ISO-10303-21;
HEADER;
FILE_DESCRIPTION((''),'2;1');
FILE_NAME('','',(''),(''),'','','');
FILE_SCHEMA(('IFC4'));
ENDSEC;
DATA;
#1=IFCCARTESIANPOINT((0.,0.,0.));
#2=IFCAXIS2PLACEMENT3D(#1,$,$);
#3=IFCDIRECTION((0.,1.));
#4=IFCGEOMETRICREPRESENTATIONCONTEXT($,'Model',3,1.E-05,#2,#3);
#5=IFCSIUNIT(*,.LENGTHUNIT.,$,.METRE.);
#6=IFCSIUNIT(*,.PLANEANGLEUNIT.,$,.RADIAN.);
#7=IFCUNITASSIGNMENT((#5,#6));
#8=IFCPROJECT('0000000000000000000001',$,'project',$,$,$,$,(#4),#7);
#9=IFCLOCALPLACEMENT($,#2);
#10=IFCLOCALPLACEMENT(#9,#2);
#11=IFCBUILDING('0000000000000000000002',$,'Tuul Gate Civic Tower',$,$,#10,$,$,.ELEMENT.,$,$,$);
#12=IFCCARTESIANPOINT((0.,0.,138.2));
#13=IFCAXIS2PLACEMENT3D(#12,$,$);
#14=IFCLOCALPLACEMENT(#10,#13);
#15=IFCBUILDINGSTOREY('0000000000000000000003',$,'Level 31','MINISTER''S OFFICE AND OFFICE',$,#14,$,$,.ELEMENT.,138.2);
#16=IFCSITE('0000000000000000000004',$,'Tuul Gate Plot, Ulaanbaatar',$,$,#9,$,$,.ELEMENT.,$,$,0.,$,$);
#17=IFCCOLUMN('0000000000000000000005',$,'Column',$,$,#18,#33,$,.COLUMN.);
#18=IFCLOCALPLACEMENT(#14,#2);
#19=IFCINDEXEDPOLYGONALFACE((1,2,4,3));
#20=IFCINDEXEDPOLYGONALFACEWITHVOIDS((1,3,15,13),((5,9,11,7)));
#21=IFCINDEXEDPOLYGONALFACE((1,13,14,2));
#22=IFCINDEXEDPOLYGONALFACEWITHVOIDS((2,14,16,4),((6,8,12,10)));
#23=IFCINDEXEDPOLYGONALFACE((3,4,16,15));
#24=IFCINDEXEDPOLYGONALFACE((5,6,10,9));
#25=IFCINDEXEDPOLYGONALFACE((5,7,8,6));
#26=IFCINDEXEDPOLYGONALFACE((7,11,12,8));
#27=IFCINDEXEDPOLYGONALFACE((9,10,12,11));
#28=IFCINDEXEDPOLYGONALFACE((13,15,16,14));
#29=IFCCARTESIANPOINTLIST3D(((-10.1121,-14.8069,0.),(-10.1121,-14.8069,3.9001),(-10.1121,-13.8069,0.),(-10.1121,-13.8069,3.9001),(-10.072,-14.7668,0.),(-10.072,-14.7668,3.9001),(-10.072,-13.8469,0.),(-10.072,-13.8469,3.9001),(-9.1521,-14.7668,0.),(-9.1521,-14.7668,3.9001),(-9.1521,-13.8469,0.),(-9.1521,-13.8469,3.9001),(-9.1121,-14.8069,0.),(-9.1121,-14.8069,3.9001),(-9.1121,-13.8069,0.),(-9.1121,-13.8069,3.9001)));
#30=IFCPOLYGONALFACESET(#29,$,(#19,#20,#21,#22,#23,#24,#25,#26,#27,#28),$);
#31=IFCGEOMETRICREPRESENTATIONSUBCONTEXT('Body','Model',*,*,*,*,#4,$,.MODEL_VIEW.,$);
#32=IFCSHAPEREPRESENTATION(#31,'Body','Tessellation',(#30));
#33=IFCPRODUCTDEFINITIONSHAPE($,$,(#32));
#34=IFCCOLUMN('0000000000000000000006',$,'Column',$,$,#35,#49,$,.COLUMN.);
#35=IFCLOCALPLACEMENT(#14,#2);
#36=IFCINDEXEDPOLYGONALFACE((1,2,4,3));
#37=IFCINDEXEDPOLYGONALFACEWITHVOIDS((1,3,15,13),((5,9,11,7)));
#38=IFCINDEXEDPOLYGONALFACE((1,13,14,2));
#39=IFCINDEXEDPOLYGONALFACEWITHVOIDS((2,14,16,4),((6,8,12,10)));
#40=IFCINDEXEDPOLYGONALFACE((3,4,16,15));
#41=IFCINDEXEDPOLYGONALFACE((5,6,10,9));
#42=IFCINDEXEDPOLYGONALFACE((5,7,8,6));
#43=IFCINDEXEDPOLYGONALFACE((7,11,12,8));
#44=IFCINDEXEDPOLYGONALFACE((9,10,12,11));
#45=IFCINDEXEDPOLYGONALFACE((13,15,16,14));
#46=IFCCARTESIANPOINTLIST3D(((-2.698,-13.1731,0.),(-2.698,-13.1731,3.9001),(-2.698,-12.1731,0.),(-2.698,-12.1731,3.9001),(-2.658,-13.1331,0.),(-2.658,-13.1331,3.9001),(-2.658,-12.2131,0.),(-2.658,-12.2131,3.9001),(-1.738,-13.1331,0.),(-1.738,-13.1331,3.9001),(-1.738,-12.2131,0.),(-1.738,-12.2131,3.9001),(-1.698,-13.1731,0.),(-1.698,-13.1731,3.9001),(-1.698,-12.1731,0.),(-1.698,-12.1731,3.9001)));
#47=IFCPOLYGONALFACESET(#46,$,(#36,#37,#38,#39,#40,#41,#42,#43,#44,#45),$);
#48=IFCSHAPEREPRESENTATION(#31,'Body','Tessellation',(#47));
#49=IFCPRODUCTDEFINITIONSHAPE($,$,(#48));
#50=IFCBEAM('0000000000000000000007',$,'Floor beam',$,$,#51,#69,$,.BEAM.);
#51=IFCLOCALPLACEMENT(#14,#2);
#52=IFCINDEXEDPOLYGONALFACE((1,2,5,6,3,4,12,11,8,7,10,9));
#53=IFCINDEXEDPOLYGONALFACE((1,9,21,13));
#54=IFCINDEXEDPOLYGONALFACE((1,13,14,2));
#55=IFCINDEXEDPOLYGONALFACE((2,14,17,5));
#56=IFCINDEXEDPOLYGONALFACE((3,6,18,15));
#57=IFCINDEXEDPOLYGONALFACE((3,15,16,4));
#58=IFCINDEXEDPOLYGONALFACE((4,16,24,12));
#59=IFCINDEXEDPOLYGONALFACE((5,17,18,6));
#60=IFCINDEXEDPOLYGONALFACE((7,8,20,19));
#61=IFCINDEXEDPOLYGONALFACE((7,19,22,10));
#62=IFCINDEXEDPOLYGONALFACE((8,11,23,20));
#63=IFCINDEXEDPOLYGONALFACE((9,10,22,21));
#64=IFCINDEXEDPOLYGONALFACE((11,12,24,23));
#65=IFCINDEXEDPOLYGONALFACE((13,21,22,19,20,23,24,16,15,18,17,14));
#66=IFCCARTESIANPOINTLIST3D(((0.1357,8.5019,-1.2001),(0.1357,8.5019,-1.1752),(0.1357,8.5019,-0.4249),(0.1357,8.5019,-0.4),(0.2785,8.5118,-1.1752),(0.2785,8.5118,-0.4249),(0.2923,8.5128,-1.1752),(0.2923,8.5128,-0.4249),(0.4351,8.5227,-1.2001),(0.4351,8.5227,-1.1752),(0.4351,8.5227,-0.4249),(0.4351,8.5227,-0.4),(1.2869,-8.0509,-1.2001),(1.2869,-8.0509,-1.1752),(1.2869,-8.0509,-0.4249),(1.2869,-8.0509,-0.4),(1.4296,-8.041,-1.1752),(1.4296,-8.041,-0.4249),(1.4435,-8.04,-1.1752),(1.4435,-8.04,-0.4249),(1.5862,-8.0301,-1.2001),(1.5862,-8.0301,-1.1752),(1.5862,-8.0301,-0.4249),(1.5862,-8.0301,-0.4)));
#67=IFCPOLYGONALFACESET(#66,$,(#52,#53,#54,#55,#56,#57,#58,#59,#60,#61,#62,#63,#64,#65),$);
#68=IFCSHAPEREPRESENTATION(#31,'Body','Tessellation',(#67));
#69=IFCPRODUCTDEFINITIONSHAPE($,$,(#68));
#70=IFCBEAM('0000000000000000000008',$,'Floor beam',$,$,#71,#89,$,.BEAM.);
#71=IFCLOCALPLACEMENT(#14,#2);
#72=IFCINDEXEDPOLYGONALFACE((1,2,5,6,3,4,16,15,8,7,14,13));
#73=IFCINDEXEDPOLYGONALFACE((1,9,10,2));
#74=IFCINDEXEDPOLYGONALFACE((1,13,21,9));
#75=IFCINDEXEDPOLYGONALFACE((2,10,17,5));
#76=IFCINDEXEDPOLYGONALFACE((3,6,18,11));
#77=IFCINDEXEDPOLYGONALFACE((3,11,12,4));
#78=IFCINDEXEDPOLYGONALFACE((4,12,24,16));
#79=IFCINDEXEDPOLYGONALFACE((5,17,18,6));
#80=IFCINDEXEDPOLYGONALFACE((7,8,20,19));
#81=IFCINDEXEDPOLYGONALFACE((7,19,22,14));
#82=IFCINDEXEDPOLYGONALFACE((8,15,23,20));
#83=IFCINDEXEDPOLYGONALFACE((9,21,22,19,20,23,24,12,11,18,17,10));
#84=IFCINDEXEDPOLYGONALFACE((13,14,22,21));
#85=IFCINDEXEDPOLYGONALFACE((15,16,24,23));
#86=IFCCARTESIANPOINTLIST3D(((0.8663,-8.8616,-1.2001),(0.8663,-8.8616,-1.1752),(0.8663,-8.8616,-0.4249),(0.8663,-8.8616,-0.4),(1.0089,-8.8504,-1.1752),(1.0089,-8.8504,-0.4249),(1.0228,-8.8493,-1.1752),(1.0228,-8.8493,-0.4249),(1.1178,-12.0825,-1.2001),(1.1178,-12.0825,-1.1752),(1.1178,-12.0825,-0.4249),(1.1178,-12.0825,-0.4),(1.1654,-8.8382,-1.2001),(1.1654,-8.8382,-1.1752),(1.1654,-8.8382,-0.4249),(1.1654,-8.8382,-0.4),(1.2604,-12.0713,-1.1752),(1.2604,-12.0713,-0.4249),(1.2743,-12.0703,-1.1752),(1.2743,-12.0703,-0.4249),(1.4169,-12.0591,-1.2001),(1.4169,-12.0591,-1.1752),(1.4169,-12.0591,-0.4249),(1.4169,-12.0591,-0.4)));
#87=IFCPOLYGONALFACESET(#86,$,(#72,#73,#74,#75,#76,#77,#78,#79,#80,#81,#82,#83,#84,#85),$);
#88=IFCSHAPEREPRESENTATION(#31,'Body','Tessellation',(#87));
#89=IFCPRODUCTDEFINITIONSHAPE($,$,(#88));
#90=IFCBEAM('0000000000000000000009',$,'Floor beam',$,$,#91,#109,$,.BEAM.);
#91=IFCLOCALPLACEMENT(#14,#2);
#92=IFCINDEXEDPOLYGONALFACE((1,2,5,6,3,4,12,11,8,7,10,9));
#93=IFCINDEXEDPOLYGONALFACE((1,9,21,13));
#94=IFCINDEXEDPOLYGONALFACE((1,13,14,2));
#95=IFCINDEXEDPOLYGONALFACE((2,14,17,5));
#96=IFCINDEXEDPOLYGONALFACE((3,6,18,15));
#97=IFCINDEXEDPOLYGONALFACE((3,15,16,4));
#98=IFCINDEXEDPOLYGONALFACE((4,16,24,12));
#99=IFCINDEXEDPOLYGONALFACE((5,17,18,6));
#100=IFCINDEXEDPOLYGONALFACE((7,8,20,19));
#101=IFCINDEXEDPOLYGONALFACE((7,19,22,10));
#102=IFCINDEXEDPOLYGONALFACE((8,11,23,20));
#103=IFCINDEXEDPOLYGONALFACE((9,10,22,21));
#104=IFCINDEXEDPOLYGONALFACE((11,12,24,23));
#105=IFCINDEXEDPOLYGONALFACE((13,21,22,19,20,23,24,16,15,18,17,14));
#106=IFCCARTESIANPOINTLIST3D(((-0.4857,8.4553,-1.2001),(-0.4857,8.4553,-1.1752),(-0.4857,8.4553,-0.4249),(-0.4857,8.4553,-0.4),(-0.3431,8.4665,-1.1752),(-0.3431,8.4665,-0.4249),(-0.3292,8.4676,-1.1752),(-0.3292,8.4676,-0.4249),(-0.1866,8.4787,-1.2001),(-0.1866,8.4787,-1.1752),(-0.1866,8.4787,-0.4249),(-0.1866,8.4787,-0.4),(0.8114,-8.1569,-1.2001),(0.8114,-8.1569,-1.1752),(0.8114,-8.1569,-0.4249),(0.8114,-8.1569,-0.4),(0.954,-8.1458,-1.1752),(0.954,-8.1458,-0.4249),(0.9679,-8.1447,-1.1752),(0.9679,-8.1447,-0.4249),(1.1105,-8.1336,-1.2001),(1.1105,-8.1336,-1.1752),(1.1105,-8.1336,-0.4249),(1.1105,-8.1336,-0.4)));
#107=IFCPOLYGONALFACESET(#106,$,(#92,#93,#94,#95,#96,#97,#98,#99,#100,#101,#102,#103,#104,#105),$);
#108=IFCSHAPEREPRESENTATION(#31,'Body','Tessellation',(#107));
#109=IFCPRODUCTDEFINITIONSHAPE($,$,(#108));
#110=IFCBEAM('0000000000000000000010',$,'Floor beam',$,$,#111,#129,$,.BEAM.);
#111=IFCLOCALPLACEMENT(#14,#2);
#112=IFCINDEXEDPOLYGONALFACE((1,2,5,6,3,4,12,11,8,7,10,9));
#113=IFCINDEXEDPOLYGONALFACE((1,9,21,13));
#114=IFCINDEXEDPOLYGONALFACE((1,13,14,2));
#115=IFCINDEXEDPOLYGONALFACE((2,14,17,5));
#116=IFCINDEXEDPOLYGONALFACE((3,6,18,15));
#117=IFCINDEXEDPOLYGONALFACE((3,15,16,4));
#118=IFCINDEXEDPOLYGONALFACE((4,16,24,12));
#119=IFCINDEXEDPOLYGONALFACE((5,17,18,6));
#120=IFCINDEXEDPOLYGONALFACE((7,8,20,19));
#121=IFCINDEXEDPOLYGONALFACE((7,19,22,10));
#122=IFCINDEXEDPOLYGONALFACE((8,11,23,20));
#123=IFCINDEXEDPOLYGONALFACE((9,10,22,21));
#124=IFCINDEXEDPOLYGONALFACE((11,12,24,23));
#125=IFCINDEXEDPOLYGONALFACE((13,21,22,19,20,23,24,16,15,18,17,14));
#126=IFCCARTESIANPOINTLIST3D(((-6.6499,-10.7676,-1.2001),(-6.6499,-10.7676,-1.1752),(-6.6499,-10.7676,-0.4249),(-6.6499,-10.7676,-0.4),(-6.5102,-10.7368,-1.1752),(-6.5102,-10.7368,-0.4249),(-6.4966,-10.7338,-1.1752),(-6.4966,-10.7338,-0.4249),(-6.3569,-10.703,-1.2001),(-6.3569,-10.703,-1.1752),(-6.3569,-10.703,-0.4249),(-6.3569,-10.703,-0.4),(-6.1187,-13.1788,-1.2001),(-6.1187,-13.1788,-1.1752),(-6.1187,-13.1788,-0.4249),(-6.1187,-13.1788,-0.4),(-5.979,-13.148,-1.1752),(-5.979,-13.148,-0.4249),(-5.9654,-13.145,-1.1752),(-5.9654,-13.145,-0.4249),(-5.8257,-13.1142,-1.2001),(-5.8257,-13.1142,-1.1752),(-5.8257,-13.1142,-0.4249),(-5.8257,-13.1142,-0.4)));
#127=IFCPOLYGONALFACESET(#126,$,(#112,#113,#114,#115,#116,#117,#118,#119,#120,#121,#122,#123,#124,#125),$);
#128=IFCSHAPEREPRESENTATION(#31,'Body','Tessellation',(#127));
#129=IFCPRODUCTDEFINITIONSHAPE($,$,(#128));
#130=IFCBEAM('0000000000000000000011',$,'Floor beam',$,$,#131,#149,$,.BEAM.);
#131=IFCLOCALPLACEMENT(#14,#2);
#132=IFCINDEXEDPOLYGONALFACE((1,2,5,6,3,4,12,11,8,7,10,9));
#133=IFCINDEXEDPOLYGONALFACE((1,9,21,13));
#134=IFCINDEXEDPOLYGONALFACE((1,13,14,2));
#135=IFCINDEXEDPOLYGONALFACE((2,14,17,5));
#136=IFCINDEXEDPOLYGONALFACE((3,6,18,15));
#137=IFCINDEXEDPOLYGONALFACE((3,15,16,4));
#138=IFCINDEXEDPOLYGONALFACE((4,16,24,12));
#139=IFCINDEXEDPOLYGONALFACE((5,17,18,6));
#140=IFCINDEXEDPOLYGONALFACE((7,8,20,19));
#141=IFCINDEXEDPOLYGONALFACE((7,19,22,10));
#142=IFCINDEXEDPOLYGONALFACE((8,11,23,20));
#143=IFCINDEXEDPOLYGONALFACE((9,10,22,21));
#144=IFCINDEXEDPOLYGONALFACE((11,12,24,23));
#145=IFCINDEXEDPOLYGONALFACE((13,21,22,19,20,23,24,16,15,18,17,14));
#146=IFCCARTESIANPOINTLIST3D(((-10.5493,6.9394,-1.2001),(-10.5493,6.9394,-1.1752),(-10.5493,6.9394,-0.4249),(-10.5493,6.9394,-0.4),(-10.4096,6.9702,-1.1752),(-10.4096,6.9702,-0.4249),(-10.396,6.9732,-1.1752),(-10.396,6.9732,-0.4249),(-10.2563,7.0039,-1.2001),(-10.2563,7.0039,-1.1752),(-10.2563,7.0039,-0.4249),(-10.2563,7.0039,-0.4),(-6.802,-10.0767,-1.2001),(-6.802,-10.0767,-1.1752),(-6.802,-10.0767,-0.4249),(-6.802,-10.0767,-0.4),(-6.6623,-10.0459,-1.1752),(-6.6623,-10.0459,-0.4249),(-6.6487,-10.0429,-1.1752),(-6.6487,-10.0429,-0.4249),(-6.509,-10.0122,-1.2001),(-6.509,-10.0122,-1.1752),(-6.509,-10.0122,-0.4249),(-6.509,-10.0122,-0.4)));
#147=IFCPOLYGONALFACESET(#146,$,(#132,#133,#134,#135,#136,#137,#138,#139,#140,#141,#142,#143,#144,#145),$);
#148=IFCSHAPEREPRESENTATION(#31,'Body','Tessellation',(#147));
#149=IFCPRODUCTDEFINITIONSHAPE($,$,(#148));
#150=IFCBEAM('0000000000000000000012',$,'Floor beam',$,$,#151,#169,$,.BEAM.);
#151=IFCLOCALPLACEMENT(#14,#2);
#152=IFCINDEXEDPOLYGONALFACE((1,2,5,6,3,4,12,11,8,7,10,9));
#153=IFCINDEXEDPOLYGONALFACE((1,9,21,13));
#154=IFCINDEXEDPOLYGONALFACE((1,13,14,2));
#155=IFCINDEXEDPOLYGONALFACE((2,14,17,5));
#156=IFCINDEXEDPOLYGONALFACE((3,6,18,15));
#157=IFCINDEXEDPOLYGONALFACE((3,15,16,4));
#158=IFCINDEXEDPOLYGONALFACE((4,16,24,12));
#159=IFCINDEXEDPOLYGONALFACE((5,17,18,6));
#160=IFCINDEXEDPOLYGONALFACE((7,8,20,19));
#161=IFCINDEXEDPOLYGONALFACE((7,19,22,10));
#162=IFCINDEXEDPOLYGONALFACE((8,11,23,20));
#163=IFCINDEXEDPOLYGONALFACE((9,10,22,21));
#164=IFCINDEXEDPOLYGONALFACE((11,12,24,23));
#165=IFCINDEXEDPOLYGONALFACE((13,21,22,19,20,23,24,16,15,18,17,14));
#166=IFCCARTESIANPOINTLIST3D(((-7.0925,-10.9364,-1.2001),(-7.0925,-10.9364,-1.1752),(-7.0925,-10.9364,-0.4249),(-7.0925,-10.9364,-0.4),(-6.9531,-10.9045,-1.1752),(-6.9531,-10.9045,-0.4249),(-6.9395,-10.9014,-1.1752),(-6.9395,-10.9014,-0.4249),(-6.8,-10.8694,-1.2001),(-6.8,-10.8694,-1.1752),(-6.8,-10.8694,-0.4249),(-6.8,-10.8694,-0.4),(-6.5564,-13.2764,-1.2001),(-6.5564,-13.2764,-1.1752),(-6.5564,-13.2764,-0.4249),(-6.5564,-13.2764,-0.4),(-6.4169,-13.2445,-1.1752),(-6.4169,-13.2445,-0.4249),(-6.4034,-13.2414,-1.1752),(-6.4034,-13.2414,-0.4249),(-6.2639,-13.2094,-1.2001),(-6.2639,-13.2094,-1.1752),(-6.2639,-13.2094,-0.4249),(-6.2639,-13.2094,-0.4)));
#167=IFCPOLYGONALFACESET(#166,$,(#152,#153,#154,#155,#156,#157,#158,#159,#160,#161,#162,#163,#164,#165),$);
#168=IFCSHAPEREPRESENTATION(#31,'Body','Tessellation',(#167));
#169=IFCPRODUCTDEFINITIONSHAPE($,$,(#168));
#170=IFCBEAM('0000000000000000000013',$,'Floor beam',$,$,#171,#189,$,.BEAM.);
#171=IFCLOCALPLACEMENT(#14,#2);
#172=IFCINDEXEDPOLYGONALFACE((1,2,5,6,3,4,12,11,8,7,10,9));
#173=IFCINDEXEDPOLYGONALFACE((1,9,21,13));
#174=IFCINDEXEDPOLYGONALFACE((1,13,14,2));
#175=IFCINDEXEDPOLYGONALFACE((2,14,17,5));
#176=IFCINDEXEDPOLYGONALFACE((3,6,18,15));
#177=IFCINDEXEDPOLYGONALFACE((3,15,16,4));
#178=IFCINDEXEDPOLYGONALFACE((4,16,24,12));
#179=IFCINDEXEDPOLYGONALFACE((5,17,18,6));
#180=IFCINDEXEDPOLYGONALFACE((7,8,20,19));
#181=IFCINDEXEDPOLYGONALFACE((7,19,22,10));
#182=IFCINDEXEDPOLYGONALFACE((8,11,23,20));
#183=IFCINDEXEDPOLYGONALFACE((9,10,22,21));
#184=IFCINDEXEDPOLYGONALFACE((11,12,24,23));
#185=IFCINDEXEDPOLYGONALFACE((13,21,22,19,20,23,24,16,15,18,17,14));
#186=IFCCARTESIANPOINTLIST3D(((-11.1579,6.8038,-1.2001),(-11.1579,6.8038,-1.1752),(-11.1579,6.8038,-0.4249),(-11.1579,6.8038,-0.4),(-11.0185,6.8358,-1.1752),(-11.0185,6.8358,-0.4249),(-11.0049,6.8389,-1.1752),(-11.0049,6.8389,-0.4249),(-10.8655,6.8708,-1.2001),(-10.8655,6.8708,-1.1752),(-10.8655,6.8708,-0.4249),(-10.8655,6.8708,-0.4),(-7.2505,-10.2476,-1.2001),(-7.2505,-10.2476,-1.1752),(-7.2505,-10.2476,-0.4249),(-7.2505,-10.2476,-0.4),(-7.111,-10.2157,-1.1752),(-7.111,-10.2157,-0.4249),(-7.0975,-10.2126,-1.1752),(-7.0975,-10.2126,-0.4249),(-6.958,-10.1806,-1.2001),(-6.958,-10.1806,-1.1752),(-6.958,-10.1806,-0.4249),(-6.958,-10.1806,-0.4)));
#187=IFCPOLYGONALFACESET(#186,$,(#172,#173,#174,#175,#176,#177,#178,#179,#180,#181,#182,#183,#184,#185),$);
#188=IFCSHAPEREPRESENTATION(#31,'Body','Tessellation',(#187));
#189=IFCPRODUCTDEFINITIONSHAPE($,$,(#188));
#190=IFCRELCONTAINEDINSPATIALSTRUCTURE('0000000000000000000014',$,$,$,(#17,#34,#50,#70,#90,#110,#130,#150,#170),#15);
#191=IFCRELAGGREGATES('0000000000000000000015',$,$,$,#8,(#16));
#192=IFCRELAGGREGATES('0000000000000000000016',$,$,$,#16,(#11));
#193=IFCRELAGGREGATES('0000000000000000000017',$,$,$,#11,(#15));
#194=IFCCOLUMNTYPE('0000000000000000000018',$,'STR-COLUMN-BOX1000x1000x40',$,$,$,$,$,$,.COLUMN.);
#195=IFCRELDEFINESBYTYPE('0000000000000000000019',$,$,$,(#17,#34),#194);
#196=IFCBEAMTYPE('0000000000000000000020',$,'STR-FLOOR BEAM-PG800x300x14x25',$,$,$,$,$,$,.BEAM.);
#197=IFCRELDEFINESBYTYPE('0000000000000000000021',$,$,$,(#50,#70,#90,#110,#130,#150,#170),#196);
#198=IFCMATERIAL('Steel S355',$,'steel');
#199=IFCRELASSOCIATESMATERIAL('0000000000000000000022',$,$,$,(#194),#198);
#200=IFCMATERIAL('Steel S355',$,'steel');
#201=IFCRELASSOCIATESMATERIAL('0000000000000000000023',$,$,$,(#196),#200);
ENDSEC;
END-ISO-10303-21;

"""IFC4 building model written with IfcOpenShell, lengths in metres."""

from ifc_helpers import new_model, si_unit, direction, frame, origin, origin_2d, place, context, subcontext, project, spatial, hollow_rectangle, i_section, extrude, material, material_profile, profile_set, type_object, element, save


model = new_model("IFC4")

# Units and contexts
model_context = context("Model", 3, precision=1e-05, world=origin(), true_north=direction((0.0, 1.0)))
body_context = subcontext(model_context, "Body", "Model", "MODEL_VIEW")
ifc_project = project(units=[si_unit("LENGTHUNIT", "METRE"), si_unit("PLANEANGLEUNIT", "RADIAN")], contexts=[model_context])

# Site, building, storey
site_placement = place(None, origin())
site = spatial("IfcSite", under=ifc_project, at=site_placement, Name="Tuul Gate Plot, Ulaanbaatar", CompositionType="ELEMENT", RefElevation=0.0)
building_placement = place(site_placement, origin())
building = spatial("IfcBuilding", under=site, at=building_placement, Name="Tuul Gate Civic Tower", CompositionType="ELEMENT")
storey_placement = place(building_placement, frame((0.0, 0.0, 138.2)))
storey = spatial("IfcBuildingStorey", under=building, at=storey_placement, Name="Level 31", Description="MINISTER'S OFFICE AND OFFICE", CompositionType="ELEMENT", Elevation=138.2)

# Columns
ifc_material_1 = material(Name="Steel S355", Category="steel")
ifc_material_profile_1 = material_profile(ifc_material_1, hollow_rectangle(XDim=1.0, YDim=1.0, WallThickness=0.04, at=origin_2d()), Name="BOX1000x1000x40")
ifc_profile_set_1 = profile_set([ifc_material_profile_1], Name="Steel S355")
column_type = type_object("IfcColumnType", Name="STR-COLUMN-BOX1000x1000x40", PredefinedType="COLUMN", material=ifc_profile_set_1)
for number, where, z_axis, x_axis, name in (
    (1, (-9.6121, -14.3069, 0.0), (0.0, 0.0, 1.0), (1.0, 0.0, 0.0), "Column"),
    (2, (-2.198, -12.6731, 0.0), (0.0, 0.0, 1.0), (1.0, 0.0, 0.0), "Column"),
):
    element("IfcColumn", number, at=place(storey_placement, frame(where, z_axis=z_axis, x_axis=x_axis)), inside=storey, type_object=column_type, Name=name, PredefinedType="COLUMN", context=body_context, shape_type="SweptSolid", body=[
        extrude(hollow_rectangle(XDim=1.0, YDim=1.0, WallThickness=0.04, at=origin_2d()), origin(), (0.0, 0.0, 1.0), 3.9001),
    ])

# Beams
ifc_material_2 = material(Name="Steel S355", Category="steel")
ifc_material_profile_2 = material_profile(ifc_material_2, i_section(OverallWidth=0.3, OverallDepth=0.8, WebThickness=0.0139, FlangeThickness=0.0249, at=origin_2d()), Name="PG800x300x14x25")
ifc_profile_set_2 = profile_set([ifc_material_profile_2], Name="Steel S355")
beam_type = type_object("IfcBeamType", Name="STR-FLOOR BEAM-PG800x300x14x25", PredefinedType="BEAM", material=ifc_profile_set_2)
beam_1_placement = place(storey_placement, frame((1.4365, -8.0405, -0.8), z_axis=(-0.069375, 0.997591, 0.0), x_axis=(-0.997591, -0.069375, 0.0)))
element("IfcBeam", 3, at=beam_1_placement, inside=storey, type_object=beam_type, Name="Floor beam", PredefinedType="BEAM", context=body_context, shape_type="SweptSolid", body=[
    extrude(i_section(OverallWidth=0.3, OverallDepth=0.8, WebThickness=0.0139, FlangeThickness=0.0249, at=origin_2d()), origin(), (0.0, 0.0, 1.0), 16.5928),
])
beam_2_placement = place(storey_placement, frame((1.2673, -12.0708, -0.8), z_axis=(-0.077835, 0.996966, 0.0), x_axis=(-0.996966, -0.077835, 0.0)))
element("IfcBeam", 4, at=beam_2_placement, inside=storey, type_object=beam_type, Name="Floor beam", PredefinedType="BEAM", context=body_context, shape_type="SweptSolid", body=[
    extrude(i_section(OverallWidth=0.3, OverallDepth=0.8, WebThickness=0.0139, FlangeThickness=0.0249, at=origin_2d()), origin(), (0.0, 0.0, 1.0), 3.2307),
])
beam_3_placement = place(storey_placement, frame((0.9609, -8.1453, -0.8), z_axis=(-0.077845, 0.996965, 0.0), x_axis=(-0.996965, -0.077845, 0.0)))
element("IfcBeam", 5, at=beam_3_placement, inside=storey, type_object=beam_type, Name="Floor beam", PredefinedType="BEAM", context=body_context, shape_type="SweptSolid", body=[
    extrude(i_section(OverallWidth=0.3, OverallDepth=0.8, WebThickness=0.0139, FlangeThickness=0.0249, at=origin_2d()), origin(), (0.0, 0.0, 1.0), 16.6628),
])
beam_4_placement = place(storey_placement, frame((-5.9722, -13.1465, -0.8), z_axis=(-0.215171, 0.976576, 0.0), x_axis=(-0.976576, -0.215171, 0.0)))
element("IfcBeam", 6, at=beam_4_placement, inside=storey, type_object=beam_type, Name="Floor beam", PredefinedType="BEAM", context=body_context, shape_type="SweptSolid", body=[
    extrude(i_section(OverallWidth=0.3, OverallDepth=0.8, WebThickness=0.0139, FlangeThickness=0.0249, at=origin_2d()), origin(), (0.0, 0.0, 1.0), 2.469),
])
beam_5_placement = place(storey_placement, frame((-6.6555, -10.0444, -0.8), z_axis=(-0.215068, 0.976599, 0.0), x_axis=(-0.976599, -0.215068, 0.0)))
element("IfcBeam", 7, at=beam_5_placement, inside=storey, type_object=beam_type, Name="Floor beam", PredefinedType="BEAM", context=body_context, shape_type="SweptSolid", body=[
    extrude(i_section(OverallWidth=0.3, OverallDepth=0.8, WebThickness=0.0139, FlangeThickness=0.0249, at=origin_2d()), origin(), (0.0, 0.0, 1.0), 17.4238),
])
beam_6_placement = place(storey_placement, frame((-6.4102, -13.2429, -0.8), z_axis=(-0.223322, 0.974745, 0.0), x_axis=(-0.974745, -0.223322, 0.0)))
element("IfcBeam", 8, at=beam_6_placement, inside=storey, type_object=beam_type, Name="Floor beam", PredefinedType="BEAM", context=body_context, shape_type="SweptSolid", body=[
    extrude(i_section(OverallWidth=0.3, OverallDepth=0.8, WebThickness=0.0139, FlangeThickness=0.0249, at=origin_2d()), origin(), (0.0, 0.0, 1.0), 2.4006),
])
beam_7_placement = place(storey_placement, frame((-7.1042, -10.2141, -0.8), z_axis=(-0.223367, 0.974734, 0.0), x_axis=(-0.974734, -0.223367, 0.0)))
element("IfcBeam", 9, at=beam_7_placement, inside=storey, type_object=beam_type, Name="Floor beam", PredefinedType="BEAM", context=body_context, shape_type="SweptSolid", body=[
    extrude(i_section(OverallWidth=0.3, OverallDepth=0.8, WebThickness=0.0139, FlangeThickness=0.0249, at=origin_2d()), origin(), (0.0, 0.0, 1.0), 17.4934),
])

save(model, "model.ifc")
